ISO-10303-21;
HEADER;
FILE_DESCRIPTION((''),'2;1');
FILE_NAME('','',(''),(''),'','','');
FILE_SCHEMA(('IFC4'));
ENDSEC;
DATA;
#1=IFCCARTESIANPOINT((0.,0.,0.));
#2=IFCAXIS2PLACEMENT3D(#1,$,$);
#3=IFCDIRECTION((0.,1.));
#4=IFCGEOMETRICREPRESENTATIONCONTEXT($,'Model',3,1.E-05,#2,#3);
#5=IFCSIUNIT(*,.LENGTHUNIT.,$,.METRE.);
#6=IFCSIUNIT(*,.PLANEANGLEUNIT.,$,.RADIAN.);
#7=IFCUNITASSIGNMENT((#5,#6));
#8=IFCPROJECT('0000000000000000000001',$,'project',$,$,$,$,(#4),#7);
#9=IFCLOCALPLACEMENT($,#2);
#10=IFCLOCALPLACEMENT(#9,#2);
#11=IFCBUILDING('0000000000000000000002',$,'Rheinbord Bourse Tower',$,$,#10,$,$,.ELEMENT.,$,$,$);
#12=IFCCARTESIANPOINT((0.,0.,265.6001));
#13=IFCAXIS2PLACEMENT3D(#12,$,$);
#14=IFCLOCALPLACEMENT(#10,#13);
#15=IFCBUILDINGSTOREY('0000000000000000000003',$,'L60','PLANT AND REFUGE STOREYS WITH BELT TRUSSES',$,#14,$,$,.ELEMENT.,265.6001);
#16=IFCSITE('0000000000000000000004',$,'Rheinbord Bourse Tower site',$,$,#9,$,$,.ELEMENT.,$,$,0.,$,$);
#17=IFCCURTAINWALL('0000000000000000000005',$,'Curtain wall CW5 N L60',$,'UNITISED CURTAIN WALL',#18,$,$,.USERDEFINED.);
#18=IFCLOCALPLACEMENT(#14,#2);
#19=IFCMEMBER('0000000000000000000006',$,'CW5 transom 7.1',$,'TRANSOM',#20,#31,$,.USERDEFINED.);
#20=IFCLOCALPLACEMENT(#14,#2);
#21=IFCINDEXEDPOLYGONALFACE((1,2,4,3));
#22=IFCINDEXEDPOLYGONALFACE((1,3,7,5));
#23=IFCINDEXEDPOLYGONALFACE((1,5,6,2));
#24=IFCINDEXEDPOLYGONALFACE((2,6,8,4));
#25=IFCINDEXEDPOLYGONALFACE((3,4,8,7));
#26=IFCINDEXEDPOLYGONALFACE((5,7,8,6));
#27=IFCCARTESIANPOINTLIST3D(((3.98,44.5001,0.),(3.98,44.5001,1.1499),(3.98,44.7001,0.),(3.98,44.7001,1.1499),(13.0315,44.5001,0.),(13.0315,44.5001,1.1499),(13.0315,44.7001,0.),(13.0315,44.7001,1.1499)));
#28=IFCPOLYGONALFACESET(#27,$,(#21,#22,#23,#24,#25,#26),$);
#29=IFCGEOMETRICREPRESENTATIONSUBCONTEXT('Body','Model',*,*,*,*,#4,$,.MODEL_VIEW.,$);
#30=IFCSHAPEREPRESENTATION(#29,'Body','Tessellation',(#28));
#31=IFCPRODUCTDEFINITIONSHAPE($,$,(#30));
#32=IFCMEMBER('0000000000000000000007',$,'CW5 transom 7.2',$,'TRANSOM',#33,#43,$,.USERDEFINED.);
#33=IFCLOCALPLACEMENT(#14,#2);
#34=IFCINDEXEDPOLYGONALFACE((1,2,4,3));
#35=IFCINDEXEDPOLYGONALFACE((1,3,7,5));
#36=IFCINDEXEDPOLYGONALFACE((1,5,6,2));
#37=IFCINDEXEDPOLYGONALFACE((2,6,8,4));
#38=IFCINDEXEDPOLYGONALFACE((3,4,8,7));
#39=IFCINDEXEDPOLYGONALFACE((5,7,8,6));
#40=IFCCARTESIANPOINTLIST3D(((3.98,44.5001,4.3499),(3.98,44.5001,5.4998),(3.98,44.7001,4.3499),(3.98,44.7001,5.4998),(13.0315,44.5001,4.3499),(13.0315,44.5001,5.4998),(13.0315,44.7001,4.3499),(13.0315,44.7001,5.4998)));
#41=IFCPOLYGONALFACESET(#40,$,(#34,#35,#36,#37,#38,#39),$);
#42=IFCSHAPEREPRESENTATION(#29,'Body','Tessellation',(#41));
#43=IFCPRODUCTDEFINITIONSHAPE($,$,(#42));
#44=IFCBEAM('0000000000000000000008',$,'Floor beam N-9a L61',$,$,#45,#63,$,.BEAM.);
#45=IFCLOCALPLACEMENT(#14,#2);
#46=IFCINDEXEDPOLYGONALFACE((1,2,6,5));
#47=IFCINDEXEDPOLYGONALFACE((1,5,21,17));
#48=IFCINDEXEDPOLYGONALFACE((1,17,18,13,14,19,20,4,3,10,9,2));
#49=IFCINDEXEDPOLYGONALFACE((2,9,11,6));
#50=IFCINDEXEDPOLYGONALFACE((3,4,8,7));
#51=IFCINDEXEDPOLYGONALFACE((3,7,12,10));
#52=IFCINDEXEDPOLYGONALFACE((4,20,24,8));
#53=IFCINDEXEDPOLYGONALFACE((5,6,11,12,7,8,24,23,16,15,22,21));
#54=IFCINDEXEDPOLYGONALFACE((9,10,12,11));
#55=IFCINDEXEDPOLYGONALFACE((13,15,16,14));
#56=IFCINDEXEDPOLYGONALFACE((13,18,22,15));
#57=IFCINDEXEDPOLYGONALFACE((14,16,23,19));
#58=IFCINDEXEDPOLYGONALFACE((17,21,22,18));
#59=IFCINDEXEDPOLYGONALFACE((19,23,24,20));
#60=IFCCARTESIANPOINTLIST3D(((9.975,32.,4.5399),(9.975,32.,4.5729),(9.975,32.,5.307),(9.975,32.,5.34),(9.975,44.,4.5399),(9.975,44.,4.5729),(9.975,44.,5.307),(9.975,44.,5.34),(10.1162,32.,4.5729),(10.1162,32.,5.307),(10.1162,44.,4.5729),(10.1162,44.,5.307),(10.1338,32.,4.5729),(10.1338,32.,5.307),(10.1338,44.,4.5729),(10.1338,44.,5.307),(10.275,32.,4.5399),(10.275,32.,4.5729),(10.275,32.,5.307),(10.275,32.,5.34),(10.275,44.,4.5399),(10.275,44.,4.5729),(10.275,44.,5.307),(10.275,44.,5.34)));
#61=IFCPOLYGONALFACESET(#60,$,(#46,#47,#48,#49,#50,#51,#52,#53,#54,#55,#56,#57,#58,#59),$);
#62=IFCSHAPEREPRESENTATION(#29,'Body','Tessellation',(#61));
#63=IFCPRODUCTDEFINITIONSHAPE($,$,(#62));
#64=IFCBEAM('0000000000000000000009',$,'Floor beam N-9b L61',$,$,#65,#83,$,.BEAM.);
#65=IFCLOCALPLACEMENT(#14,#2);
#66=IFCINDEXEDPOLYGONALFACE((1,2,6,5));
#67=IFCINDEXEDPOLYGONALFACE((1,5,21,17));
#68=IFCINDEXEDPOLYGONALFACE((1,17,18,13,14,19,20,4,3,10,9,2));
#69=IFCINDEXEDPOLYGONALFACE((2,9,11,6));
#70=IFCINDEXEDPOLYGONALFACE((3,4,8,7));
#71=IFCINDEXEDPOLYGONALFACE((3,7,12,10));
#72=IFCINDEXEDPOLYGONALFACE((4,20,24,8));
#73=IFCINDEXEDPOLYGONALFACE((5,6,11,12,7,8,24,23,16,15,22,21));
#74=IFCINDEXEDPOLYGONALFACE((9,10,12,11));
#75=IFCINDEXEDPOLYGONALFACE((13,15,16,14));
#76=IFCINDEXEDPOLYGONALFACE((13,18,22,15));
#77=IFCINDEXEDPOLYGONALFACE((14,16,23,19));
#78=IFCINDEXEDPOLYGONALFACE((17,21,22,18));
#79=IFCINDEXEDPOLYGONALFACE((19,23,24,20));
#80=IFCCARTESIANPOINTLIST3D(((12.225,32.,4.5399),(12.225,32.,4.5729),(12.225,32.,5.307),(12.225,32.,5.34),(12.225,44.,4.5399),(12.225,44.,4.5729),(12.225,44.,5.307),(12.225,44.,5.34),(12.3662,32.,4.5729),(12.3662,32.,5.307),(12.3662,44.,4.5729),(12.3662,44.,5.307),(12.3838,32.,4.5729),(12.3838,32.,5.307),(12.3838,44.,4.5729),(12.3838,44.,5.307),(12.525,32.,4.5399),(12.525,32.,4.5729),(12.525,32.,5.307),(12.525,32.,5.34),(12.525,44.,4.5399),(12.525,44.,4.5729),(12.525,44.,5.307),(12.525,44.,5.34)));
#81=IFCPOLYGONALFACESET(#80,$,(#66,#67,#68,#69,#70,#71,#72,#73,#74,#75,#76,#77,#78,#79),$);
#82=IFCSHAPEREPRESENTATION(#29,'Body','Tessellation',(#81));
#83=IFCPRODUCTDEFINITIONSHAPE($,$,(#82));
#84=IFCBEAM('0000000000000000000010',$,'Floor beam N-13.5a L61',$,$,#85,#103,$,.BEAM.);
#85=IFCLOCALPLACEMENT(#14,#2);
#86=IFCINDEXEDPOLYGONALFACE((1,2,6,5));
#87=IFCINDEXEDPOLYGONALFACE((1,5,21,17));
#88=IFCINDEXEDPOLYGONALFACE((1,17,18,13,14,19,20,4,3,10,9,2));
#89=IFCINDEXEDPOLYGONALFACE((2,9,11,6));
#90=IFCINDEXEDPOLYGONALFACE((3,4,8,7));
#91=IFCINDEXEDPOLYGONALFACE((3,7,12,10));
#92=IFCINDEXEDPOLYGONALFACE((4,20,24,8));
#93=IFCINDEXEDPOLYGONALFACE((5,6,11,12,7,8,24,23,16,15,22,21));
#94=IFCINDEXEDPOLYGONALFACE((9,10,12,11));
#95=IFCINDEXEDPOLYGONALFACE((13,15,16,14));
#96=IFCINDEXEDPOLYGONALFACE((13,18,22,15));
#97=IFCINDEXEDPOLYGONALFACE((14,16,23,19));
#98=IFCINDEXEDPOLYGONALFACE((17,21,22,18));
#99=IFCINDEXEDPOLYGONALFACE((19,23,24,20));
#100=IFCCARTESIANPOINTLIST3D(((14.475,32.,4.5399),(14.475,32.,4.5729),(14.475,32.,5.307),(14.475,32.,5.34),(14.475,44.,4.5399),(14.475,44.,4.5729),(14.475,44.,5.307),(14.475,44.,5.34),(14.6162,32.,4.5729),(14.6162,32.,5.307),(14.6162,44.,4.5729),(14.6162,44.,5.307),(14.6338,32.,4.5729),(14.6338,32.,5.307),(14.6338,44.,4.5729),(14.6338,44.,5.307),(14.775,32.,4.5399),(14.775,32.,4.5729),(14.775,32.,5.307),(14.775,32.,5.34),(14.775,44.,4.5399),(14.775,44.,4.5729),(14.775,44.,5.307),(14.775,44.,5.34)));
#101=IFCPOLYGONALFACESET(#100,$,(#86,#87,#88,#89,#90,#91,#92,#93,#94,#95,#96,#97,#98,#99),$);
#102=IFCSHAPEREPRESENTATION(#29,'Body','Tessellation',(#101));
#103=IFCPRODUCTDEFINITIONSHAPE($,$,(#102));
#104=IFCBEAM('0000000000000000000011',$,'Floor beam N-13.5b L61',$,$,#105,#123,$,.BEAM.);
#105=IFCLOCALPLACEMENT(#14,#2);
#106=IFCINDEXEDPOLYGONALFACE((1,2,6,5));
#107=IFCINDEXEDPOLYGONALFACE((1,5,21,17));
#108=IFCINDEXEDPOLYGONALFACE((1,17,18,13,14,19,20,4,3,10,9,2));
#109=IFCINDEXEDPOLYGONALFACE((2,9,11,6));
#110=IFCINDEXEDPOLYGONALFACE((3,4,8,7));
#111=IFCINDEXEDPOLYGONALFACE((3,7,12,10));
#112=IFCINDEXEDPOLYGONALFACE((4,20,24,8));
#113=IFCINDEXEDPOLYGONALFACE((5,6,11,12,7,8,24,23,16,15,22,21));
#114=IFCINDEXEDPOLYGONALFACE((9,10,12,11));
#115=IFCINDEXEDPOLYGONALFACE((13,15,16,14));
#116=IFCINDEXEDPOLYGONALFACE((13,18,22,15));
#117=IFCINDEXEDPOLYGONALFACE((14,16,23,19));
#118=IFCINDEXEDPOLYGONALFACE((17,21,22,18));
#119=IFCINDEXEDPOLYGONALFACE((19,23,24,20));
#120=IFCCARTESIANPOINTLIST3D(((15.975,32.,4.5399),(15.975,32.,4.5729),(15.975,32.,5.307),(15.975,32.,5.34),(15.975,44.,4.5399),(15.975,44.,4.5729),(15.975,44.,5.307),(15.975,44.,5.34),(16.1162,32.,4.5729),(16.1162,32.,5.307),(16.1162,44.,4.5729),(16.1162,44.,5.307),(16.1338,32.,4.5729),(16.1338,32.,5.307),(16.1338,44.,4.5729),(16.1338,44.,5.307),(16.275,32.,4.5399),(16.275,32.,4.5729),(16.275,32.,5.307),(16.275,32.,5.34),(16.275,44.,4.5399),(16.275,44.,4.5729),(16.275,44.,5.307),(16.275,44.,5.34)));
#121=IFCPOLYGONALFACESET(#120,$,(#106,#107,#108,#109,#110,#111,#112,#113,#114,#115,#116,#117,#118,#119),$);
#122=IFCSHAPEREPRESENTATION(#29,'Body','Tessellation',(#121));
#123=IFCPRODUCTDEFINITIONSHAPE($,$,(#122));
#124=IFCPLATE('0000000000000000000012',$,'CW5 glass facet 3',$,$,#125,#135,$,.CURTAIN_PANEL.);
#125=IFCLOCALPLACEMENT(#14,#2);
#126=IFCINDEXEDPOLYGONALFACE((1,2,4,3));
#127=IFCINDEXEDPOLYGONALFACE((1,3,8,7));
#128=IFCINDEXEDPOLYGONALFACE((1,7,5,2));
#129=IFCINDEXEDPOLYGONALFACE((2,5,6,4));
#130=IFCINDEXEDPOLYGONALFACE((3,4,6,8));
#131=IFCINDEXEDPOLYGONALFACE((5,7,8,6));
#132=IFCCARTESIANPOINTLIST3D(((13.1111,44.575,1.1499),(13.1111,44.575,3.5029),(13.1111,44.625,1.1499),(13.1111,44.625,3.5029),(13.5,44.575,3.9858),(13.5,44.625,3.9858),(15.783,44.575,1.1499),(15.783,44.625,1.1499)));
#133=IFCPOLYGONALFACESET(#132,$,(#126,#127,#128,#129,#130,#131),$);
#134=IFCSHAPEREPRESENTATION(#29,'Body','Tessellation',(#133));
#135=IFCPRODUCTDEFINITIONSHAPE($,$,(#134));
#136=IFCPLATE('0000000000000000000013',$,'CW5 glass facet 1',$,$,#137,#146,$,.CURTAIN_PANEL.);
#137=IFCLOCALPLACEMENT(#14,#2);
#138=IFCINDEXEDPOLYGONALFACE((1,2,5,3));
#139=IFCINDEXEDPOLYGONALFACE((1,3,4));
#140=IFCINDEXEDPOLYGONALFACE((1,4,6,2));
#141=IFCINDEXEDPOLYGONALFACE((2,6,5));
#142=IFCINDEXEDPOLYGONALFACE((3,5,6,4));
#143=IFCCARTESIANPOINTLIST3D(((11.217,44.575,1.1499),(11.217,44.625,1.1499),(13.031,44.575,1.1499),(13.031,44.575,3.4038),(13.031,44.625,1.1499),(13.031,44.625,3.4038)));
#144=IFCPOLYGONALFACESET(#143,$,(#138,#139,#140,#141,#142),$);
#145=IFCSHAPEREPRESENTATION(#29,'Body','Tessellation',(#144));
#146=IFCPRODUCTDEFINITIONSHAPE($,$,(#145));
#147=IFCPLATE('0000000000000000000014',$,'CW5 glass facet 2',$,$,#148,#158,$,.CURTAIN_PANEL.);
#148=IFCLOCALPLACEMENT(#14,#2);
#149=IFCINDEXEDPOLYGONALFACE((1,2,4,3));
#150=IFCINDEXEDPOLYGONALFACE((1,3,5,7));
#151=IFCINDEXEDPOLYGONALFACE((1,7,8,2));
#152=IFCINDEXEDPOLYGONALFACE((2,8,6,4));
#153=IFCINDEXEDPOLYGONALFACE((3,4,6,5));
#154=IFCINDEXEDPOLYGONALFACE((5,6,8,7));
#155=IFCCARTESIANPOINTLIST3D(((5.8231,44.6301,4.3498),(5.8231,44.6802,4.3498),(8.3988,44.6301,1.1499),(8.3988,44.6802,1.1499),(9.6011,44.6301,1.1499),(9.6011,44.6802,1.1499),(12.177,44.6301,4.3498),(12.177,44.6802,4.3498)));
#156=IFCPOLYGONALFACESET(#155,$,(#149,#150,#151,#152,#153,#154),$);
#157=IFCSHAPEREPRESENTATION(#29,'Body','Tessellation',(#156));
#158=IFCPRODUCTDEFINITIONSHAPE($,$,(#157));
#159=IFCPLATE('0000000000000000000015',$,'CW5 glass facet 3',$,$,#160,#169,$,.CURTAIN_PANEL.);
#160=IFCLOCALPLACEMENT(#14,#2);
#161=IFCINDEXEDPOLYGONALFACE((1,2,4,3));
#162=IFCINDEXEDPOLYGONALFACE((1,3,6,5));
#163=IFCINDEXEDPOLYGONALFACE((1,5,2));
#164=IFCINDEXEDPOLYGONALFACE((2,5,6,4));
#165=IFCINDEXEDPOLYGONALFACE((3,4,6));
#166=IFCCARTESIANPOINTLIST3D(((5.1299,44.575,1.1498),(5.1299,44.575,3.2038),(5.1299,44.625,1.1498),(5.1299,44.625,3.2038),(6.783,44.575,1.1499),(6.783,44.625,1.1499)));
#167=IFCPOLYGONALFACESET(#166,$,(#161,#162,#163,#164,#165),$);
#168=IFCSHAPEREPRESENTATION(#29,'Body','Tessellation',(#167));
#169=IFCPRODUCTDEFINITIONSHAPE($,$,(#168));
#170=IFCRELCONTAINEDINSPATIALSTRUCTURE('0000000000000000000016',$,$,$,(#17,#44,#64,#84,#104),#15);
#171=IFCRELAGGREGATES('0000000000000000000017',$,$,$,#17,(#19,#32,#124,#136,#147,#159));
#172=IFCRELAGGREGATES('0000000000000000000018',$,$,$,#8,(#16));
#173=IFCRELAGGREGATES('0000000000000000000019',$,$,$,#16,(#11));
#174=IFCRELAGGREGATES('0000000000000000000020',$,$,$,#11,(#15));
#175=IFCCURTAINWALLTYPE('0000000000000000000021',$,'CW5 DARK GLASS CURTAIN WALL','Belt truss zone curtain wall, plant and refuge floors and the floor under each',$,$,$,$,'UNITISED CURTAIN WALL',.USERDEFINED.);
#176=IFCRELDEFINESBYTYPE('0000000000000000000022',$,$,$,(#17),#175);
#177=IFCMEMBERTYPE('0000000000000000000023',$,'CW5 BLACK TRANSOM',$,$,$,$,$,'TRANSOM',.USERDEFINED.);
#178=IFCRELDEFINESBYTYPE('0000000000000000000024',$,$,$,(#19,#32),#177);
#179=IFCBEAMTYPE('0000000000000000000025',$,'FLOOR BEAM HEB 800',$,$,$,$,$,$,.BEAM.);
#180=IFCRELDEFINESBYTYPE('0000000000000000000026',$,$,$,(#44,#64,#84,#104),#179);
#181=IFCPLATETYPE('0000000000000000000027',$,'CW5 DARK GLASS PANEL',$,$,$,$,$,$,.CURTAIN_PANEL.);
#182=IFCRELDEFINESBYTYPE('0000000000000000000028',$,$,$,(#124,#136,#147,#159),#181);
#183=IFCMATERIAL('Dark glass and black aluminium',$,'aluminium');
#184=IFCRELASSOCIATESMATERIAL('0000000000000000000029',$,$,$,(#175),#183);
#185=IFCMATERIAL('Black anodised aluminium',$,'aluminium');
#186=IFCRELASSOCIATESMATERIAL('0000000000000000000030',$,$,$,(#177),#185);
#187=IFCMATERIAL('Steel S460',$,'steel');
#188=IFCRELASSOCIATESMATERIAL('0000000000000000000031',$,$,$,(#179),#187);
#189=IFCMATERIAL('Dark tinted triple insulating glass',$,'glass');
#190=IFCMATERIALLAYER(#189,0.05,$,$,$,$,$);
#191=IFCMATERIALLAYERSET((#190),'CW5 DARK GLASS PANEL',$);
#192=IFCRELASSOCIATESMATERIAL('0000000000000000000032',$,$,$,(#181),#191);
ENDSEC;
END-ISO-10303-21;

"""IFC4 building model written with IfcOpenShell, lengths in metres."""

from ifc_helpers import new_model, si_unit, direction, frame, origin, origin_2d, place, context, subcontext, project, spatial, polyline, rectangle, i_section, outline, extrude, material, layer, layer_set, material_profile, profile_set, type_object, element, aggregate, save


model = new_model("IFC4")

# Units and contexts
model_context = context("Model", 3, precision=1e-05, world=origin(), true_north=direction((0.0, 1.0)))
body_context = subcontext(model_context, "Body", "Model", "MODEL_VIEW")
ifc_project = project(units=[si_unit("LENGTHUNIT", "METRE"), si_unit("PLANEANGLEUNIT", "RADIAN")], contexts=[model_context])

# Site, building, storey
site_placement = place(None, origin())
site = spatial("IfcSite", under=ifc_project, at=site_placement, Name="Rheinbord Bourse Tower site", CompositionType="ELEMENT", RefElevation=0.0)
building_placement = place(site_placement, origin())
building = spatial("IfcBuilding", under=site, at=building_placement, Name="Rheinbord Bourse Tower", CompositionType="ELEMENT")
storey_placement = place(building_placement, frame((0.0, 0.0, 265.6001)))
storey = spatial("IfcBuildingStorey", under=building, at=storey_placement, Name="L60", Description="PLANT AND REFUGE STOREYS WITH BELT TRUSSES", CompositionType="ELEMENT", Elevation=265.6001)

# Curtain wall, members
ifc_material_1 = material(Name="Dark glass and black aluminium", Category="aluminium")
curtain_wall_type = type_object("IfcCurtainWallType", Name="CW5 DARK GLASS CURTAIN WALL", Description="Belt truss zone curtain wall, plant and refuge floors and the floor under each", ElementType="UNITISED CURTAIN WALL", PredefinedType="USERDEFINED", material=ifc_material_1)
curtain_wall_placement = place(storey_placement, origin())
curtain_wall = element("IfcCurtainWall", 1, at=curtain_wall_placement, inside=storey, type_object=curtain_wall_type, Name="Curtain wall CW5 N L60", ObjectType="UNITISED CURTAIN WALL", PredefinedType="USERDEFINED")
ifc_material_2 = material(Name="Black anodised aluminium", Category="aluminium")
ifc_material_profile_1 = material_profile(ifc_material_2, rectangle(XDim=0.2, YDim=1.1499, at=origin_2d()), Name="CW5 TRANSOM 1150x200")
ifc_profile_set_1 = profile_set([ifc_material_profile_1], Name="Black anodised aluminium")
member_type_1 = type_object("IfcMemberType", Name="CW5 BLACK TRANSOM", ElementType="TRANSOM", PredefinedType="USERDEFINED", material=ifc_profile_set_1)
member_1_placement = place(storey_placement, frame((13.0315, 44.6001, 0.575), z_axis=(-1.0, 0.0, 0.0), x_axis=(0.0, -1.0, 0.0)))
member_1 = element("IfcMember", 2, at=member_1_placement, type_object=member_type_1, Name="CW5 transom 7.1", ObjectType="TRANSOM", PredefinedType="USERDEFINED", context=body_context, shape_type="SweptSolid", body=[
    extrude(rectangle(XDim=0.2, YDim=1.1499, at=origin_2d()), origin(), (0.0, 0.0, 1.0), 9.0515),
])
member_2_placement = place(storey_placement, frame((13.0315, 44.6001, 4.9248), z_axis=(-1.0, 0.0, 0.0), x_axis=(0.0, -1.0, 0.0)))
member_2 = element("IfcMember", 3, at=member_2_placement, type_object=member_type_1, Name="CW5 transom 7.2", ObjectType="TRANSOM", PredefinedType="USERDEFINED", context=body_context, shape_type="SweptSolid", body=[
    extrude(rectangle(XDim=0.2, YDim=1.1499, at=origin_2d()), origin(), (0.0, 0.0, 1.0), 9.0515),
])

# Beams
ifc_material_3 = material(Name="Steel S460", Category="steel")
ifc_material_profile_2 = material_profile(ifc_material_3, i_section(OverallWidth=0.3, OverallDepth=0.8, WebThickness=0.0176, FlangeThickness=0.033, at=origin_2d()), Name="HEB 800")
ifc_profile_set_2 = profile_set([ifc_material_profile_2], Name="Steel S460")
beam_type_1 = type_object("IfcBeamType", Name="FLOOR BEAM HEB 800", PredefinedType="BEAM", material=ifc_profile_set_2)
for number, where, z_axis, x_axis, name in (
    (4, (10.125, 44.0, 4.9399), (0.0, -1.0, 0.0), (1.0, 0.0, 0.0), "Floor beam N-9a L61"),
    (5, (12.375, 44.0, 4.9399), (0.0, -1.0, 0.0), (1.0, 0.0, 0.0), "Floor beam N-9b L61"),
    (6, (14.625, 44.0, 4.9399), (0.0, -1.0, 0.0), (1.0, 0.0, 0.0), "Floor beam N-13.5a L61"),
    (7, (16.125, 44.0, 4.9399), (0.0, -1.0, 0.0), (1.0, 0.0, 0.0), "Floor beam N-13.5b L61"),
):
    element("IfcBeam", number, at=place(storey_placement, frame(where, z_axis=z_axis, x_axis=x_axis)), inside=storey, type_object=beam_type_1, Name=name, PredefinedType="BEAM", context=body_context, shape_type="SweptSolid", body=[
        extrude(i_section(OverallWidth=0.3, OverallDepth=0.8, WebThickness=0.0176, FlangeThickness=0.033, at=origin_2d()), origin(), (0.0, 0.0, 1.0), 12.0),
    ])

# Plates
ifc_material_4 = material(Name="Dark tinted triple insulating glass", Category="glass")
ifc_layer = layer(ifc_material_4, 0.05)
ifc_layer_set = layer_set([ifc_layer], Name="CW5 DARK GLASS PANEL")
plate_type = type_object("IfcPlateType", Name="CW5 DARK GLASS PANEL", PredefinedType="CURTAIN_PANEL", material=ifc_layer_set)
plate_1_placement = place(storey_placement, frame((13.1111, 44.625, 1.1499), z_axis=(0.0, -1.0, 0.0), x_axis=(1.0, 0.0, 0.0)))
plate_1 = element("IfcPlate", 8, at=plate_1_placement, type_object=plate_type, Name="CW5 glass facet 3", PredefinedType="CURTAIN_PANEL", context=body_context, shape_type="SweptSolid", body=[
    extrude(outline(polyline([(0.0, 0.0), (2.6719, 0.0), (0.3889, 2.8359), (0.0, 2.353), (0.0, 0.0)])), origin(), (0.0, 0.0, 1.0), 0.05),
])
plate_2_placement = place(storey_placement, frame((13.031, 44.625, 1.1499), z_axis=(0.0, -1.0, 0.0), x_axis=(0.0, 0.0, 1.0)))
plate_2 = element("IfcPlate", 9, at=plate_2_placement, type_object=plate_type, Name="CW5 glass facet 1", PredefinedType="CURTAIN_PANEL", context=body_context, shape_type="SweptSolid", body=[
    extrude(outline(polyline([(0.0, 0.0), (2.2539, 0.0), (0.0, 1.814), (0.0, 0.0)])), origin(), (0.0, 0.0, 1.0), 0.05),
])
plate_3_placement = place(storey_placement, frame((9.6011, 44.6802, 1.1499), z_axis=(0.0, -1.0, 0.0), x_axis=(0.627062, 0.0, 0.778969)))
plate_3 = element("IfcPlate", 10, at=plate_3_placement, type_object=plate_type, Name="CW5 glass facet 2", PredefinedType="CURTAIN_PANEL", context=body_context, shape_type="SweptSolid", body=[
    extrude(outline(polyline([(0.0, 0.0), (4.1079, 0.0), (0.1235, 4.9495), (-0.7539, 0.9365), (0.0, 0.0)])), origin(), (0.0, 0.0, 1.0), 0.05),
])
plate_4_placement = place(storey_placement, frame((6.783, 44.625, 1.1499), z_axis=(0.0, -1.0, 0.0), x_axis=(-0.626985, 0.0, 0.779032)))
plate_4 = element("IfcPlate", 11, at=plate_4_placement, type_object=plate_type, Name="CW5 glass facet 3", PredefinedType="CURTAIN_PANEL", context=body_context, shape_type="SweptSolid", body=[
    extrude(outline(polyline([(0.0, 0.0), (2.6365, 0.0), (1.0364, 1.2878), (0.0, 0.0)])), origin(), (0.0, 0.0, 1.0), 0.05),
])
aggregate(curtain_wall, [member_1, member_2, plate_1, plate_2, plate_3, plate_4])

save(model, "model.ifc")
